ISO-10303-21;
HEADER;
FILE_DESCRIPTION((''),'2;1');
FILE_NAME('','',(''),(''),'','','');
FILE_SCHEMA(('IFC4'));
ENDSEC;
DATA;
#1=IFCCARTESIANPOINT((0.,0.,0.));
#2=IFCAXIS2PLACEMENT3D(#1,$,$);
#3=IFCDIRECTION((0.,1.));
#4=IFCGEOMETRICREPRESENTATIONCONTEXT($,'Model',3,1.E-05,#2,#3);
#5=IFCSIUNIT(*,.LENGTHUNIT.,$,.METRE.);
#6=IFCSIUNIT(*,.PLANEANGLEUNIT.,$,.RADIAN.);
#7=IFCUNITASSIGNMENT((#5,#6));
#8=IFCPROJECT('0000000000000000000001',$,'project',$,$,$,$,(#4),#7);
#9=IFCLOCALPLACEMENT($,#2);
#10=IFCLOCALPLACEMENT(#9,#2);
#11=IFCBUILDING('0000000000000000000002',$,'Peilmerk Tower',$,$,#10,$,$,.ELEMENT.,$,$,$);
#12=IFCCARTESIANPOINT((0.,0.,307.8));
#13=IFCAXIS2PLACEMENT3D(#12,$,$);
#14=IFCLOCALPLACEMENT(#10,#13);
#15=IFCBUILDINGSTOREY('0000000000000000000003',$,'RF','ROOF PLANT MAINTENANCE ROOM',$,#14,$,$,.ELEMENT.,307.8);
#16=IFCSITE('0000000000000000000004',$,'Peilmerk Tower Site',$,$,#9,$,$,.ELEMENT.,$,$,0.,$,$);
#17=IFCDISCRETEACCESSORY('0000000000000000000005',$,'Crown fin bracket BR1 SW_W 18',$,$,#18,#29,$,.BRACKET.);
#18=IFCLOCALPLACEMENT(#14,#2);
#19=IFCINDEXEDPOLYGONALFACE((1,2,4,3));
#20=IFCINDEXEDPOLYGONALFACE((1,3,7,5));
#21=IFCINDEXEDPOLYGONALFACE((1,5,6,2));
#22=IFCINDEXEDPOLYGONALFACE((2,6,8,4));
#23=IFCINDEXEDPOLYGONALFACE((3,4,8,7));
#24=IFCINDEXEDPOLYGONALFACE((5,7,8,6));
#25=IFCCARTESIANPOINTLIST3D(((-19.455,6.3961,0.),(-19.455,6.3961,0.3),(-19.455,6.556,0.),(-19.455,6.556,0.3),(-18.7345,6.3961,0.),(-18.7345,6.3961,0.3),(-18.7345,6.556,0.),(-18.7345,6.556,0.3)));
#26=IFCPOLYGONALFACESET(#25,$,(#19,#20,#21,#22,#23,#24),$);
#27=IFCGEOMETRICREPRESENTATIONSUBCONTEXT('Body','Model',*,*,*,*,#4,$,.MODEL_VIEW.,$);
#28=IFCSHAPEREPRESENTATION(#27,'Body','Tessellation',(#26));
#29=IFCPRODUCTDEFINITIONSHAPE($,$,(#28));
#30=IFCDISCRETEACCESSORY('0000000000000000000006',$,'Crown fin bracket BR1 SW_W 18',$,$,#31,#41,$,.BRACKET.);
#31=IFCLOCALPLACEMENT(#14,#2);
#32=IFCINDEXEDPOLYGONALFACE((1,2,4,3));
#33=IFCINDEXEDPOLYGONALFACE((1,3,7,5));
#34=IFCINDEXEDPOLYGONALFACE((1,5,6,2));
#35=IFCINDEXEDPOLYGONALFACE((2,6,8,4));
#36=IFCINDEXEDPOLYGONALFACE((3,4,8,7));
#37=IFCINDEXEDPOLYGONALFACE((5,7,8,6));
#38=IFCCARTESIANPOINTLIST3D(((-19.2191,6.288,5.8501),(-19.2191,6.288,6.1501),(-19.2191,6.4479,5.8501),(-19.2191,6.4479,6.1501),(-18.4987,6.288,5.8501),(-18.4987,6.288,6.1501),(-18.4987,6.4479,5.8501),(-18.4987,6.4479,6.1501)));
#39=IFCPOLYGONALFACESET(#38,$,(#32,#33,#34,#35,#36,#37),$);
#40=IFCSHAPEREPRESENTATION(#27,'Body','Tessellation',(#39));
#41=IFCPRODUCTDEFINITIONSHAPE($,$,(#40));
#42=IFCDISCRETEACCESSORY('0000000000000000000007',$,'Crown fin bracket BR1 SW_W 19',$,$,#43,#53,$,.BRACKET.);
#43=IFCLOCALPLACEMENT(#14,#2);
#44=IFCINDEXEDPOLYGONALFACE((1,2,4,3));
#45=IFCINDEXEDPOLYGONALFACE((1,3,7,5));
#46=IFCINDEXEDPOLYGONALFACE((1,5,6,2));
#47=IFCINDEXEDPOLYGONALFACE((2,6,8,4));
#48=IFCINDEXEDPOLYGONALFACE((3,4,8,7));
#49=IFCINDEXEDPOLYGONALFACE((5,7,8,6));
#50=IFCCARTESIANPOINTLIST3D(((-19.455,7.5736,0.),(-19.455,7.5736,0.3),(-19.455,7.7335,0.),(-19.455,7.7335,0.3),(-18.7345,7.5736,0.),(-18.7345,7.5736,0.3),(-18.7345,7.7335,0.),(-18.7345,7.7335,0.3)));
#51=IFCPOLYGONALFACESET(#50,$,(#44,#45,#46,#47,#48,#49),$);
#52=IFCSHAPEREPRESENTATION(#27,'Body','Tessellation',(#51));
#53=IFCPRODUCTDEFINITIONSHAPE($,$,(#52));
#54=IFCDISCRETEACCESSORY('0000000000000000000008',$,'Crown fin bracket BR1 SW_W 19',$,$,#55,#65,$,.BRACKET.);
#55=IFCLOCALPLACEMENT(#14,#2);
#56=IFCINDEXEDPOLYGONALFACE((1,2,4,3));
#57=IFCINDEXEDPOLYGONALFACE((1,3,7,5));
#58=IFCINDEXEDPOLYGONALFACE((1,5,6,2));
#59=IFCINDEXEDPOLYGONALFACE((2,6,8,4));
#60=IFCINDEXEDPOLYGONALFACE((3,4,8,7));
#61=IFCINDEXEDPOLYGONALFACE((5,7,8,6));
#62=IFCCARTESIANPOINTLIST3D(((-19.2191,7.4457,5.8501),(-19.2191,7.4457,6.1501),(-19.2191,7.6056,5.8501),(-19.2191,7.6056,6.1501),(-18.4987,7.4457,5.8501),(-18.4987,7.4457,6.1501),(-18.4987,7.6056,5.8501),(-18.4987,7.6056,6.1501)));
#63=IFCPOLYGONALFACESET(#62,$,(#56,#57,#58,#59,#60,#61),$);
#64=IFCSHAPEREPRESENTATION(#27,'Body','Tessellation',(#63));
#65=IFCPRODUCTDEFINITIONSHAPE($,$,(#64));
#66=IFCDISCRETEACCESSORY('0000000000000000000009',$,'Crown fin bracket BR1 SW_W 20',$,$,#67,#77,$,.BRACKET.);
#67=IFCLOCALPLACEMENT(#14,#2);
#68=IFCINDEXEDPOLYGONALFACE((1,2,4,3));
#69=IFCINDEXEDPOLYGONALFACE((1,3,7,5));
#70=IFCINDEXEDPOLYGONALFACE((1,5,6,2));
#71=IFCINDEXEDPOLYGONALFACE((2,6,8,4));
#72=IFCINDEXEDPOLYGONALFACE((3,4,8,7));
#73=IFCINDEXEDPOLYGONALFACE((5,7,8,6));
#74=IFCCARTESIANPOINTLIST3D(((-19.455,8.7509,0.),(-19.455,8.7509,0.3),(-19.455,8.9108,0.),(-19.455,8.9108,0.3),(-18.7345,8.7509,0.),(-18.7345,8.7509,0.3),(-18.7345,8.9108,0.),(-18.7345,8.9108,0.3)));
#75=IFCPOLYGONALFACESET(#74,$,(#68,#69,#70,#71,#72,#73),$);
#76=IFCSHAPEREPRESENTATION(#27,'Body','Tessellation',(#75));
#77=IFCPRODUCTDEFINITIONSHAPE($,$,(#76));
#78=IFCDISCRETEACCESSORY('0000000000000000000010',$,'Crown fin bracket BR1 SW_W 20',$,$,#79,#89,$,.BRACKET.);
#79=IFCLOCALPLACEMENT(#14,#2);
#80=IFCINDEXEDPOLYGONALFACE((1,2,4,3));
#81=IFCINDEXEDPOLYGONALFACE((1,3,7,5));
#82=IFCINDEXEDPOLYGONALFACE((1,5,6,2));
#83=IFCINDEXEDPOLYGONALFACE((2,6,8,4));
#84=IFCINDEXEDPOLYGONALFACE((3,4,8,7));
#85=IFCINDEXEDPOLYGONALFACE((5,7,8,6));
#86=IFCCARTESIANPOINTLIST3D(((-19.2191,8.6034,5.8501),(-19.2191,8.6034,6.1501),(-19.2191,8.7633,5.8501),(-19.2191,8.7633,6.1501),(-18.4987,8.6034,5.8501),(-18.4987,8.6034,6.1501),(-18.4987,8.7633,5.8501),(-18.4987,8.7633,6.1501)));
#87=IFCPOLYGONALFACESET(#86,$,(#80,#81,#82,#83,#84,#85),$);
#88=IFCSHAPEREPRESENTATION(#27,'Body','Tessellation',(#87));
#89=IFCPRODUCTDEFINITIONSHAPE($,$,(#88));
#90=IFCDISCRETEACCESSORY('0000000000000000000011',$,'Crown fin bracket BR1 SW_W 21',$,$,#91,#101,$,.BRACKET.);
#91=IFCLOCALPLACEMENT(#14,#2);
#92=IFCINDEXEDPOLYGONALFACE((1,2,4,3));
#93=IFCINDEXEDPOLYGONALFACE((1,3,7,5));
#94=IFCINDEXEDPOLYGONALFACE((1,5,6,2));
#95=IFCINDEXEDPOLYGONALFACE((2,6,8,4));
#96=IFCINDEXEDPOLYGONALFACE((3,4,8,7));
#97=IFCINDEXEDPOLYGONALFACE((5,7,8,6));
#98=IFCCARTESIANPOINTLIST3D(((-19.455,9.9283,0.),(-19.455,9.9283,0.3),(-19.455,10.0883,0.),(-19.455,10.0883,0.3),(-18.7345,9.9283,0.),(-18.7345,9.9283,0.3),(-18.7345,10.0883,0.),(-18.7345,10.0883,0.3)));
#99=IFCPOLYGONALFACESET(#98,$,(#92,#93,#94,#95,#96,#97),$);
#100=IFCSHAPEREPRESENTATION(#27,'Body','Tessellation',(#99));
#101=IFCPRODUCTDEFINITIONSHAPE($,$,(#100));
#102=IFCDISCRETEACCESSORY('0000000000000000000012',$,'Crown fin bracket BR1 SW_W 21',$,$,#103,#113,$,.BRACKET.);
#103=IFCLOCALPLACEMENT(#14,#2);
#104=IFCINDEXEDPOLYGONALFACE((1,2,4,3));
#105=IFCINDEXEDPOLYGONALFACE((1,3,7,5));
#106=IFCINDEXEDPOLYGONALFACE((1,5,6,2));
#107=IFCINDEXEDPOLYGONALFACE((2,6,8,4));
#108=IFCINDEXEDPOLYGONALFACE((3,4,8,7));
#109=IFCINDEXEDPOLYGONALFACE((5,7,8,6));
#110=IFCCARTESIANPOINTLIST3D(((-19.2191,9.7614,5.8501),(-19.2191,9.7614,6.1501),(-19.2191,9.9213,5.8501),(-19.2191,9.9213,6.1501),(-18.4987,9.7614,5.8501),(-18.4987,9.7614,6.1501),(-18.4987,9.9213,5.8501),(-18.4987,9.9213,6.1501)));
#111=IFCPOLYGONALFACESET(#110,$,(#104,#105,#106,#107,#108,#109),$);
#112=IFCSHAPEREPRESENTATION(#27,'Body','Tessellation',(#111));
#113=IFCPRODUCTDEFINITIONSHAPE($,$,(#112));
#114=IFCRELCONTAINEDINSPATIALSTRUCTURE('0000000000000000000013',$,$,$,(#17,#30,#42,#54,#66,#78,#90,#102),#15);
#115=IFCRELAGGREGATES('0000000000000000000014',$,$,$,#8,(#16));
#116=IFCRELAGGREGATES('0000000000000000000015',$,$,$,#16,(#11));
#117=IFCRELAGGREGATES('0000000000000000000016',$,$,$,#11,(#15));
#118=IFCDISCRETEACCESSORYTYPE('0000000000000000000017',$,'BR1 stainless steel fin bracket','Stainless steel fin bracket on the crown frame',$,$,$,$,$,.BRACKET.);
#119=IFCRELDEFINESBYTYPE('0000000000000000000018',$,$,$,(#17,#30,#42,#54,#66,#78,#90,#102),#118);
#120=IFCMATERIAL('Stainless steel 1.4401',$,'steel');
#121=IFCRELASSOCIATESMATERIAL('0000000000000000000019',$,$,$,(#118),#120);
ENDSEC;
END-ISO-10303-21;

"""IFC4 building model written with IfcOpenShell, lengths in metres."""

from ifc_helpers import new_model, si_unit, direction, frame, origin, origin_2d, place, context, subcontext, project, spatial, rectangle, extrude, source, transform, mapped, material, type_object, element, save


model = new_model("IFC4")

# Units and contexts
model_context = context("Model", 3, precision=1e-05, world=origin(), true_north=direction((0.0, 1.0)))
body_context = subcontext(model_context, "Body", "Model", "MODEL_VIEW")
ifc_project = project(units=[si_unit("LENGTHUNIT", "METRE"), si_unit("PLANEANGLEUNIT", "RADIAN")], contexts=[model_context])

# Site, building, storey
site_placement = place(None, origin())
site = spatial("IfcSite", under=ifc_project, at=site_placement, Name="Peilmerk Tower Site", CompositionType="ELEMENT", RefElevation=0.0)
building_placement = place(site_placement, origin())
building = spatial("IfcBuilding", under=site, at=building_placement, Name="Peilmerk Tower", CompositionType="ELEMENT")
storey_placement = place(building_placement, frame((0.0, 0.0, 307.8)))
storey = spatial("IfcBuildingStorey", under=building, at=storey_placement, Name="RF", Description="ROOF PLANT MAINTENANCE ROOM", CompositionType="ELEMENT", Elevation=307.8)

# Discrete accessories
ifc_material_1 = material(Name="Stainless steel 1.4401", Category="steel")
discrete_accessory_type = type_object("IfcDiscreteAccessoryType", Name="BR1 stainless steel fin bracket", Description="Stainless steel fin bracket on the crown frame", PredefinedType="BRACKET", material=ifc_material_1)
shared_shape_1 = source(origin(), body_context, "Body", "SweptSolid", [
    extrude(rectangle(XDim=0.7205, YDim=0.1599, at=origin_2d()), origin(), (0.0, 0.0, 1.0), 0.3),
])
for number, where, z_axis, x_axis, name in (
    (1, (-19.0947, 6.4761, 0.0), (0.0, 0.0, 1.0), (-1.0, 0.0, 0.0), "Crown fin bracket BR1 SW_W 18"),
    (2, (-18.8589, 6.3679, 5.8501), (0.0, 0.0, 1.0), (-1.0, 0.0, 0.0), "Crown fin bracket BR1 SW_W 18"),
    (3, (-19.0947, 7.6536, 0.0), (0.0, 0.0, 1.0), (-1.0, 0.0, 0.0), "Crown fin bracket BR1 SW_W 19"),
    (4, (-18.8589, 7.5256, 5.8501), (0.0, 0.0, 1.0), (-1.0, 0.0, 0.0), "Crown fin bracket BR1 SW_W 19"),
    (5, (-19.0947, 8.8308, 0.0), (0.0, 0.0, 1.0), (-1.0, 0.0, 0.0), "Crown fin bracket BR1 SW_W 20"),
    (6, (-18.8589, 8.6833, 5.8501), (0.0, 0.0, 1.0), (-1.0, 0.0, 0.0), "Crown fin bracket BR1 SW_W 20"),
    (7, (-19.0947, 10.0083, 0.0), (0.0, 0.0, 1.0), (-1.0, 0.0, 0.0), "Crown fin bracket BR1 SW_W 21"),
    (8, (-18.8589, 9.8413, 5.8501), (0.0, 0.0, 1.0), (-1.0, 0.0, 0.0), "Crown fin bracket BR1 SW_W 21"),
):
    element("IfcDiscreteAccessory", number, at=place(storey_placement, frame(where, z_axis=z_axis, x_axis=x_axis)), inside=storey, type_object=discrete_accessory_type, Name=name, PredefinedType="BRACKET", context=body_context, shape_type="MappedRepresentation", body=[
        mapped(shared_shape_1, transform((0.0, 0.0, 0.0), scale=1.0)),
    ])

save(model, "model.ifc")
